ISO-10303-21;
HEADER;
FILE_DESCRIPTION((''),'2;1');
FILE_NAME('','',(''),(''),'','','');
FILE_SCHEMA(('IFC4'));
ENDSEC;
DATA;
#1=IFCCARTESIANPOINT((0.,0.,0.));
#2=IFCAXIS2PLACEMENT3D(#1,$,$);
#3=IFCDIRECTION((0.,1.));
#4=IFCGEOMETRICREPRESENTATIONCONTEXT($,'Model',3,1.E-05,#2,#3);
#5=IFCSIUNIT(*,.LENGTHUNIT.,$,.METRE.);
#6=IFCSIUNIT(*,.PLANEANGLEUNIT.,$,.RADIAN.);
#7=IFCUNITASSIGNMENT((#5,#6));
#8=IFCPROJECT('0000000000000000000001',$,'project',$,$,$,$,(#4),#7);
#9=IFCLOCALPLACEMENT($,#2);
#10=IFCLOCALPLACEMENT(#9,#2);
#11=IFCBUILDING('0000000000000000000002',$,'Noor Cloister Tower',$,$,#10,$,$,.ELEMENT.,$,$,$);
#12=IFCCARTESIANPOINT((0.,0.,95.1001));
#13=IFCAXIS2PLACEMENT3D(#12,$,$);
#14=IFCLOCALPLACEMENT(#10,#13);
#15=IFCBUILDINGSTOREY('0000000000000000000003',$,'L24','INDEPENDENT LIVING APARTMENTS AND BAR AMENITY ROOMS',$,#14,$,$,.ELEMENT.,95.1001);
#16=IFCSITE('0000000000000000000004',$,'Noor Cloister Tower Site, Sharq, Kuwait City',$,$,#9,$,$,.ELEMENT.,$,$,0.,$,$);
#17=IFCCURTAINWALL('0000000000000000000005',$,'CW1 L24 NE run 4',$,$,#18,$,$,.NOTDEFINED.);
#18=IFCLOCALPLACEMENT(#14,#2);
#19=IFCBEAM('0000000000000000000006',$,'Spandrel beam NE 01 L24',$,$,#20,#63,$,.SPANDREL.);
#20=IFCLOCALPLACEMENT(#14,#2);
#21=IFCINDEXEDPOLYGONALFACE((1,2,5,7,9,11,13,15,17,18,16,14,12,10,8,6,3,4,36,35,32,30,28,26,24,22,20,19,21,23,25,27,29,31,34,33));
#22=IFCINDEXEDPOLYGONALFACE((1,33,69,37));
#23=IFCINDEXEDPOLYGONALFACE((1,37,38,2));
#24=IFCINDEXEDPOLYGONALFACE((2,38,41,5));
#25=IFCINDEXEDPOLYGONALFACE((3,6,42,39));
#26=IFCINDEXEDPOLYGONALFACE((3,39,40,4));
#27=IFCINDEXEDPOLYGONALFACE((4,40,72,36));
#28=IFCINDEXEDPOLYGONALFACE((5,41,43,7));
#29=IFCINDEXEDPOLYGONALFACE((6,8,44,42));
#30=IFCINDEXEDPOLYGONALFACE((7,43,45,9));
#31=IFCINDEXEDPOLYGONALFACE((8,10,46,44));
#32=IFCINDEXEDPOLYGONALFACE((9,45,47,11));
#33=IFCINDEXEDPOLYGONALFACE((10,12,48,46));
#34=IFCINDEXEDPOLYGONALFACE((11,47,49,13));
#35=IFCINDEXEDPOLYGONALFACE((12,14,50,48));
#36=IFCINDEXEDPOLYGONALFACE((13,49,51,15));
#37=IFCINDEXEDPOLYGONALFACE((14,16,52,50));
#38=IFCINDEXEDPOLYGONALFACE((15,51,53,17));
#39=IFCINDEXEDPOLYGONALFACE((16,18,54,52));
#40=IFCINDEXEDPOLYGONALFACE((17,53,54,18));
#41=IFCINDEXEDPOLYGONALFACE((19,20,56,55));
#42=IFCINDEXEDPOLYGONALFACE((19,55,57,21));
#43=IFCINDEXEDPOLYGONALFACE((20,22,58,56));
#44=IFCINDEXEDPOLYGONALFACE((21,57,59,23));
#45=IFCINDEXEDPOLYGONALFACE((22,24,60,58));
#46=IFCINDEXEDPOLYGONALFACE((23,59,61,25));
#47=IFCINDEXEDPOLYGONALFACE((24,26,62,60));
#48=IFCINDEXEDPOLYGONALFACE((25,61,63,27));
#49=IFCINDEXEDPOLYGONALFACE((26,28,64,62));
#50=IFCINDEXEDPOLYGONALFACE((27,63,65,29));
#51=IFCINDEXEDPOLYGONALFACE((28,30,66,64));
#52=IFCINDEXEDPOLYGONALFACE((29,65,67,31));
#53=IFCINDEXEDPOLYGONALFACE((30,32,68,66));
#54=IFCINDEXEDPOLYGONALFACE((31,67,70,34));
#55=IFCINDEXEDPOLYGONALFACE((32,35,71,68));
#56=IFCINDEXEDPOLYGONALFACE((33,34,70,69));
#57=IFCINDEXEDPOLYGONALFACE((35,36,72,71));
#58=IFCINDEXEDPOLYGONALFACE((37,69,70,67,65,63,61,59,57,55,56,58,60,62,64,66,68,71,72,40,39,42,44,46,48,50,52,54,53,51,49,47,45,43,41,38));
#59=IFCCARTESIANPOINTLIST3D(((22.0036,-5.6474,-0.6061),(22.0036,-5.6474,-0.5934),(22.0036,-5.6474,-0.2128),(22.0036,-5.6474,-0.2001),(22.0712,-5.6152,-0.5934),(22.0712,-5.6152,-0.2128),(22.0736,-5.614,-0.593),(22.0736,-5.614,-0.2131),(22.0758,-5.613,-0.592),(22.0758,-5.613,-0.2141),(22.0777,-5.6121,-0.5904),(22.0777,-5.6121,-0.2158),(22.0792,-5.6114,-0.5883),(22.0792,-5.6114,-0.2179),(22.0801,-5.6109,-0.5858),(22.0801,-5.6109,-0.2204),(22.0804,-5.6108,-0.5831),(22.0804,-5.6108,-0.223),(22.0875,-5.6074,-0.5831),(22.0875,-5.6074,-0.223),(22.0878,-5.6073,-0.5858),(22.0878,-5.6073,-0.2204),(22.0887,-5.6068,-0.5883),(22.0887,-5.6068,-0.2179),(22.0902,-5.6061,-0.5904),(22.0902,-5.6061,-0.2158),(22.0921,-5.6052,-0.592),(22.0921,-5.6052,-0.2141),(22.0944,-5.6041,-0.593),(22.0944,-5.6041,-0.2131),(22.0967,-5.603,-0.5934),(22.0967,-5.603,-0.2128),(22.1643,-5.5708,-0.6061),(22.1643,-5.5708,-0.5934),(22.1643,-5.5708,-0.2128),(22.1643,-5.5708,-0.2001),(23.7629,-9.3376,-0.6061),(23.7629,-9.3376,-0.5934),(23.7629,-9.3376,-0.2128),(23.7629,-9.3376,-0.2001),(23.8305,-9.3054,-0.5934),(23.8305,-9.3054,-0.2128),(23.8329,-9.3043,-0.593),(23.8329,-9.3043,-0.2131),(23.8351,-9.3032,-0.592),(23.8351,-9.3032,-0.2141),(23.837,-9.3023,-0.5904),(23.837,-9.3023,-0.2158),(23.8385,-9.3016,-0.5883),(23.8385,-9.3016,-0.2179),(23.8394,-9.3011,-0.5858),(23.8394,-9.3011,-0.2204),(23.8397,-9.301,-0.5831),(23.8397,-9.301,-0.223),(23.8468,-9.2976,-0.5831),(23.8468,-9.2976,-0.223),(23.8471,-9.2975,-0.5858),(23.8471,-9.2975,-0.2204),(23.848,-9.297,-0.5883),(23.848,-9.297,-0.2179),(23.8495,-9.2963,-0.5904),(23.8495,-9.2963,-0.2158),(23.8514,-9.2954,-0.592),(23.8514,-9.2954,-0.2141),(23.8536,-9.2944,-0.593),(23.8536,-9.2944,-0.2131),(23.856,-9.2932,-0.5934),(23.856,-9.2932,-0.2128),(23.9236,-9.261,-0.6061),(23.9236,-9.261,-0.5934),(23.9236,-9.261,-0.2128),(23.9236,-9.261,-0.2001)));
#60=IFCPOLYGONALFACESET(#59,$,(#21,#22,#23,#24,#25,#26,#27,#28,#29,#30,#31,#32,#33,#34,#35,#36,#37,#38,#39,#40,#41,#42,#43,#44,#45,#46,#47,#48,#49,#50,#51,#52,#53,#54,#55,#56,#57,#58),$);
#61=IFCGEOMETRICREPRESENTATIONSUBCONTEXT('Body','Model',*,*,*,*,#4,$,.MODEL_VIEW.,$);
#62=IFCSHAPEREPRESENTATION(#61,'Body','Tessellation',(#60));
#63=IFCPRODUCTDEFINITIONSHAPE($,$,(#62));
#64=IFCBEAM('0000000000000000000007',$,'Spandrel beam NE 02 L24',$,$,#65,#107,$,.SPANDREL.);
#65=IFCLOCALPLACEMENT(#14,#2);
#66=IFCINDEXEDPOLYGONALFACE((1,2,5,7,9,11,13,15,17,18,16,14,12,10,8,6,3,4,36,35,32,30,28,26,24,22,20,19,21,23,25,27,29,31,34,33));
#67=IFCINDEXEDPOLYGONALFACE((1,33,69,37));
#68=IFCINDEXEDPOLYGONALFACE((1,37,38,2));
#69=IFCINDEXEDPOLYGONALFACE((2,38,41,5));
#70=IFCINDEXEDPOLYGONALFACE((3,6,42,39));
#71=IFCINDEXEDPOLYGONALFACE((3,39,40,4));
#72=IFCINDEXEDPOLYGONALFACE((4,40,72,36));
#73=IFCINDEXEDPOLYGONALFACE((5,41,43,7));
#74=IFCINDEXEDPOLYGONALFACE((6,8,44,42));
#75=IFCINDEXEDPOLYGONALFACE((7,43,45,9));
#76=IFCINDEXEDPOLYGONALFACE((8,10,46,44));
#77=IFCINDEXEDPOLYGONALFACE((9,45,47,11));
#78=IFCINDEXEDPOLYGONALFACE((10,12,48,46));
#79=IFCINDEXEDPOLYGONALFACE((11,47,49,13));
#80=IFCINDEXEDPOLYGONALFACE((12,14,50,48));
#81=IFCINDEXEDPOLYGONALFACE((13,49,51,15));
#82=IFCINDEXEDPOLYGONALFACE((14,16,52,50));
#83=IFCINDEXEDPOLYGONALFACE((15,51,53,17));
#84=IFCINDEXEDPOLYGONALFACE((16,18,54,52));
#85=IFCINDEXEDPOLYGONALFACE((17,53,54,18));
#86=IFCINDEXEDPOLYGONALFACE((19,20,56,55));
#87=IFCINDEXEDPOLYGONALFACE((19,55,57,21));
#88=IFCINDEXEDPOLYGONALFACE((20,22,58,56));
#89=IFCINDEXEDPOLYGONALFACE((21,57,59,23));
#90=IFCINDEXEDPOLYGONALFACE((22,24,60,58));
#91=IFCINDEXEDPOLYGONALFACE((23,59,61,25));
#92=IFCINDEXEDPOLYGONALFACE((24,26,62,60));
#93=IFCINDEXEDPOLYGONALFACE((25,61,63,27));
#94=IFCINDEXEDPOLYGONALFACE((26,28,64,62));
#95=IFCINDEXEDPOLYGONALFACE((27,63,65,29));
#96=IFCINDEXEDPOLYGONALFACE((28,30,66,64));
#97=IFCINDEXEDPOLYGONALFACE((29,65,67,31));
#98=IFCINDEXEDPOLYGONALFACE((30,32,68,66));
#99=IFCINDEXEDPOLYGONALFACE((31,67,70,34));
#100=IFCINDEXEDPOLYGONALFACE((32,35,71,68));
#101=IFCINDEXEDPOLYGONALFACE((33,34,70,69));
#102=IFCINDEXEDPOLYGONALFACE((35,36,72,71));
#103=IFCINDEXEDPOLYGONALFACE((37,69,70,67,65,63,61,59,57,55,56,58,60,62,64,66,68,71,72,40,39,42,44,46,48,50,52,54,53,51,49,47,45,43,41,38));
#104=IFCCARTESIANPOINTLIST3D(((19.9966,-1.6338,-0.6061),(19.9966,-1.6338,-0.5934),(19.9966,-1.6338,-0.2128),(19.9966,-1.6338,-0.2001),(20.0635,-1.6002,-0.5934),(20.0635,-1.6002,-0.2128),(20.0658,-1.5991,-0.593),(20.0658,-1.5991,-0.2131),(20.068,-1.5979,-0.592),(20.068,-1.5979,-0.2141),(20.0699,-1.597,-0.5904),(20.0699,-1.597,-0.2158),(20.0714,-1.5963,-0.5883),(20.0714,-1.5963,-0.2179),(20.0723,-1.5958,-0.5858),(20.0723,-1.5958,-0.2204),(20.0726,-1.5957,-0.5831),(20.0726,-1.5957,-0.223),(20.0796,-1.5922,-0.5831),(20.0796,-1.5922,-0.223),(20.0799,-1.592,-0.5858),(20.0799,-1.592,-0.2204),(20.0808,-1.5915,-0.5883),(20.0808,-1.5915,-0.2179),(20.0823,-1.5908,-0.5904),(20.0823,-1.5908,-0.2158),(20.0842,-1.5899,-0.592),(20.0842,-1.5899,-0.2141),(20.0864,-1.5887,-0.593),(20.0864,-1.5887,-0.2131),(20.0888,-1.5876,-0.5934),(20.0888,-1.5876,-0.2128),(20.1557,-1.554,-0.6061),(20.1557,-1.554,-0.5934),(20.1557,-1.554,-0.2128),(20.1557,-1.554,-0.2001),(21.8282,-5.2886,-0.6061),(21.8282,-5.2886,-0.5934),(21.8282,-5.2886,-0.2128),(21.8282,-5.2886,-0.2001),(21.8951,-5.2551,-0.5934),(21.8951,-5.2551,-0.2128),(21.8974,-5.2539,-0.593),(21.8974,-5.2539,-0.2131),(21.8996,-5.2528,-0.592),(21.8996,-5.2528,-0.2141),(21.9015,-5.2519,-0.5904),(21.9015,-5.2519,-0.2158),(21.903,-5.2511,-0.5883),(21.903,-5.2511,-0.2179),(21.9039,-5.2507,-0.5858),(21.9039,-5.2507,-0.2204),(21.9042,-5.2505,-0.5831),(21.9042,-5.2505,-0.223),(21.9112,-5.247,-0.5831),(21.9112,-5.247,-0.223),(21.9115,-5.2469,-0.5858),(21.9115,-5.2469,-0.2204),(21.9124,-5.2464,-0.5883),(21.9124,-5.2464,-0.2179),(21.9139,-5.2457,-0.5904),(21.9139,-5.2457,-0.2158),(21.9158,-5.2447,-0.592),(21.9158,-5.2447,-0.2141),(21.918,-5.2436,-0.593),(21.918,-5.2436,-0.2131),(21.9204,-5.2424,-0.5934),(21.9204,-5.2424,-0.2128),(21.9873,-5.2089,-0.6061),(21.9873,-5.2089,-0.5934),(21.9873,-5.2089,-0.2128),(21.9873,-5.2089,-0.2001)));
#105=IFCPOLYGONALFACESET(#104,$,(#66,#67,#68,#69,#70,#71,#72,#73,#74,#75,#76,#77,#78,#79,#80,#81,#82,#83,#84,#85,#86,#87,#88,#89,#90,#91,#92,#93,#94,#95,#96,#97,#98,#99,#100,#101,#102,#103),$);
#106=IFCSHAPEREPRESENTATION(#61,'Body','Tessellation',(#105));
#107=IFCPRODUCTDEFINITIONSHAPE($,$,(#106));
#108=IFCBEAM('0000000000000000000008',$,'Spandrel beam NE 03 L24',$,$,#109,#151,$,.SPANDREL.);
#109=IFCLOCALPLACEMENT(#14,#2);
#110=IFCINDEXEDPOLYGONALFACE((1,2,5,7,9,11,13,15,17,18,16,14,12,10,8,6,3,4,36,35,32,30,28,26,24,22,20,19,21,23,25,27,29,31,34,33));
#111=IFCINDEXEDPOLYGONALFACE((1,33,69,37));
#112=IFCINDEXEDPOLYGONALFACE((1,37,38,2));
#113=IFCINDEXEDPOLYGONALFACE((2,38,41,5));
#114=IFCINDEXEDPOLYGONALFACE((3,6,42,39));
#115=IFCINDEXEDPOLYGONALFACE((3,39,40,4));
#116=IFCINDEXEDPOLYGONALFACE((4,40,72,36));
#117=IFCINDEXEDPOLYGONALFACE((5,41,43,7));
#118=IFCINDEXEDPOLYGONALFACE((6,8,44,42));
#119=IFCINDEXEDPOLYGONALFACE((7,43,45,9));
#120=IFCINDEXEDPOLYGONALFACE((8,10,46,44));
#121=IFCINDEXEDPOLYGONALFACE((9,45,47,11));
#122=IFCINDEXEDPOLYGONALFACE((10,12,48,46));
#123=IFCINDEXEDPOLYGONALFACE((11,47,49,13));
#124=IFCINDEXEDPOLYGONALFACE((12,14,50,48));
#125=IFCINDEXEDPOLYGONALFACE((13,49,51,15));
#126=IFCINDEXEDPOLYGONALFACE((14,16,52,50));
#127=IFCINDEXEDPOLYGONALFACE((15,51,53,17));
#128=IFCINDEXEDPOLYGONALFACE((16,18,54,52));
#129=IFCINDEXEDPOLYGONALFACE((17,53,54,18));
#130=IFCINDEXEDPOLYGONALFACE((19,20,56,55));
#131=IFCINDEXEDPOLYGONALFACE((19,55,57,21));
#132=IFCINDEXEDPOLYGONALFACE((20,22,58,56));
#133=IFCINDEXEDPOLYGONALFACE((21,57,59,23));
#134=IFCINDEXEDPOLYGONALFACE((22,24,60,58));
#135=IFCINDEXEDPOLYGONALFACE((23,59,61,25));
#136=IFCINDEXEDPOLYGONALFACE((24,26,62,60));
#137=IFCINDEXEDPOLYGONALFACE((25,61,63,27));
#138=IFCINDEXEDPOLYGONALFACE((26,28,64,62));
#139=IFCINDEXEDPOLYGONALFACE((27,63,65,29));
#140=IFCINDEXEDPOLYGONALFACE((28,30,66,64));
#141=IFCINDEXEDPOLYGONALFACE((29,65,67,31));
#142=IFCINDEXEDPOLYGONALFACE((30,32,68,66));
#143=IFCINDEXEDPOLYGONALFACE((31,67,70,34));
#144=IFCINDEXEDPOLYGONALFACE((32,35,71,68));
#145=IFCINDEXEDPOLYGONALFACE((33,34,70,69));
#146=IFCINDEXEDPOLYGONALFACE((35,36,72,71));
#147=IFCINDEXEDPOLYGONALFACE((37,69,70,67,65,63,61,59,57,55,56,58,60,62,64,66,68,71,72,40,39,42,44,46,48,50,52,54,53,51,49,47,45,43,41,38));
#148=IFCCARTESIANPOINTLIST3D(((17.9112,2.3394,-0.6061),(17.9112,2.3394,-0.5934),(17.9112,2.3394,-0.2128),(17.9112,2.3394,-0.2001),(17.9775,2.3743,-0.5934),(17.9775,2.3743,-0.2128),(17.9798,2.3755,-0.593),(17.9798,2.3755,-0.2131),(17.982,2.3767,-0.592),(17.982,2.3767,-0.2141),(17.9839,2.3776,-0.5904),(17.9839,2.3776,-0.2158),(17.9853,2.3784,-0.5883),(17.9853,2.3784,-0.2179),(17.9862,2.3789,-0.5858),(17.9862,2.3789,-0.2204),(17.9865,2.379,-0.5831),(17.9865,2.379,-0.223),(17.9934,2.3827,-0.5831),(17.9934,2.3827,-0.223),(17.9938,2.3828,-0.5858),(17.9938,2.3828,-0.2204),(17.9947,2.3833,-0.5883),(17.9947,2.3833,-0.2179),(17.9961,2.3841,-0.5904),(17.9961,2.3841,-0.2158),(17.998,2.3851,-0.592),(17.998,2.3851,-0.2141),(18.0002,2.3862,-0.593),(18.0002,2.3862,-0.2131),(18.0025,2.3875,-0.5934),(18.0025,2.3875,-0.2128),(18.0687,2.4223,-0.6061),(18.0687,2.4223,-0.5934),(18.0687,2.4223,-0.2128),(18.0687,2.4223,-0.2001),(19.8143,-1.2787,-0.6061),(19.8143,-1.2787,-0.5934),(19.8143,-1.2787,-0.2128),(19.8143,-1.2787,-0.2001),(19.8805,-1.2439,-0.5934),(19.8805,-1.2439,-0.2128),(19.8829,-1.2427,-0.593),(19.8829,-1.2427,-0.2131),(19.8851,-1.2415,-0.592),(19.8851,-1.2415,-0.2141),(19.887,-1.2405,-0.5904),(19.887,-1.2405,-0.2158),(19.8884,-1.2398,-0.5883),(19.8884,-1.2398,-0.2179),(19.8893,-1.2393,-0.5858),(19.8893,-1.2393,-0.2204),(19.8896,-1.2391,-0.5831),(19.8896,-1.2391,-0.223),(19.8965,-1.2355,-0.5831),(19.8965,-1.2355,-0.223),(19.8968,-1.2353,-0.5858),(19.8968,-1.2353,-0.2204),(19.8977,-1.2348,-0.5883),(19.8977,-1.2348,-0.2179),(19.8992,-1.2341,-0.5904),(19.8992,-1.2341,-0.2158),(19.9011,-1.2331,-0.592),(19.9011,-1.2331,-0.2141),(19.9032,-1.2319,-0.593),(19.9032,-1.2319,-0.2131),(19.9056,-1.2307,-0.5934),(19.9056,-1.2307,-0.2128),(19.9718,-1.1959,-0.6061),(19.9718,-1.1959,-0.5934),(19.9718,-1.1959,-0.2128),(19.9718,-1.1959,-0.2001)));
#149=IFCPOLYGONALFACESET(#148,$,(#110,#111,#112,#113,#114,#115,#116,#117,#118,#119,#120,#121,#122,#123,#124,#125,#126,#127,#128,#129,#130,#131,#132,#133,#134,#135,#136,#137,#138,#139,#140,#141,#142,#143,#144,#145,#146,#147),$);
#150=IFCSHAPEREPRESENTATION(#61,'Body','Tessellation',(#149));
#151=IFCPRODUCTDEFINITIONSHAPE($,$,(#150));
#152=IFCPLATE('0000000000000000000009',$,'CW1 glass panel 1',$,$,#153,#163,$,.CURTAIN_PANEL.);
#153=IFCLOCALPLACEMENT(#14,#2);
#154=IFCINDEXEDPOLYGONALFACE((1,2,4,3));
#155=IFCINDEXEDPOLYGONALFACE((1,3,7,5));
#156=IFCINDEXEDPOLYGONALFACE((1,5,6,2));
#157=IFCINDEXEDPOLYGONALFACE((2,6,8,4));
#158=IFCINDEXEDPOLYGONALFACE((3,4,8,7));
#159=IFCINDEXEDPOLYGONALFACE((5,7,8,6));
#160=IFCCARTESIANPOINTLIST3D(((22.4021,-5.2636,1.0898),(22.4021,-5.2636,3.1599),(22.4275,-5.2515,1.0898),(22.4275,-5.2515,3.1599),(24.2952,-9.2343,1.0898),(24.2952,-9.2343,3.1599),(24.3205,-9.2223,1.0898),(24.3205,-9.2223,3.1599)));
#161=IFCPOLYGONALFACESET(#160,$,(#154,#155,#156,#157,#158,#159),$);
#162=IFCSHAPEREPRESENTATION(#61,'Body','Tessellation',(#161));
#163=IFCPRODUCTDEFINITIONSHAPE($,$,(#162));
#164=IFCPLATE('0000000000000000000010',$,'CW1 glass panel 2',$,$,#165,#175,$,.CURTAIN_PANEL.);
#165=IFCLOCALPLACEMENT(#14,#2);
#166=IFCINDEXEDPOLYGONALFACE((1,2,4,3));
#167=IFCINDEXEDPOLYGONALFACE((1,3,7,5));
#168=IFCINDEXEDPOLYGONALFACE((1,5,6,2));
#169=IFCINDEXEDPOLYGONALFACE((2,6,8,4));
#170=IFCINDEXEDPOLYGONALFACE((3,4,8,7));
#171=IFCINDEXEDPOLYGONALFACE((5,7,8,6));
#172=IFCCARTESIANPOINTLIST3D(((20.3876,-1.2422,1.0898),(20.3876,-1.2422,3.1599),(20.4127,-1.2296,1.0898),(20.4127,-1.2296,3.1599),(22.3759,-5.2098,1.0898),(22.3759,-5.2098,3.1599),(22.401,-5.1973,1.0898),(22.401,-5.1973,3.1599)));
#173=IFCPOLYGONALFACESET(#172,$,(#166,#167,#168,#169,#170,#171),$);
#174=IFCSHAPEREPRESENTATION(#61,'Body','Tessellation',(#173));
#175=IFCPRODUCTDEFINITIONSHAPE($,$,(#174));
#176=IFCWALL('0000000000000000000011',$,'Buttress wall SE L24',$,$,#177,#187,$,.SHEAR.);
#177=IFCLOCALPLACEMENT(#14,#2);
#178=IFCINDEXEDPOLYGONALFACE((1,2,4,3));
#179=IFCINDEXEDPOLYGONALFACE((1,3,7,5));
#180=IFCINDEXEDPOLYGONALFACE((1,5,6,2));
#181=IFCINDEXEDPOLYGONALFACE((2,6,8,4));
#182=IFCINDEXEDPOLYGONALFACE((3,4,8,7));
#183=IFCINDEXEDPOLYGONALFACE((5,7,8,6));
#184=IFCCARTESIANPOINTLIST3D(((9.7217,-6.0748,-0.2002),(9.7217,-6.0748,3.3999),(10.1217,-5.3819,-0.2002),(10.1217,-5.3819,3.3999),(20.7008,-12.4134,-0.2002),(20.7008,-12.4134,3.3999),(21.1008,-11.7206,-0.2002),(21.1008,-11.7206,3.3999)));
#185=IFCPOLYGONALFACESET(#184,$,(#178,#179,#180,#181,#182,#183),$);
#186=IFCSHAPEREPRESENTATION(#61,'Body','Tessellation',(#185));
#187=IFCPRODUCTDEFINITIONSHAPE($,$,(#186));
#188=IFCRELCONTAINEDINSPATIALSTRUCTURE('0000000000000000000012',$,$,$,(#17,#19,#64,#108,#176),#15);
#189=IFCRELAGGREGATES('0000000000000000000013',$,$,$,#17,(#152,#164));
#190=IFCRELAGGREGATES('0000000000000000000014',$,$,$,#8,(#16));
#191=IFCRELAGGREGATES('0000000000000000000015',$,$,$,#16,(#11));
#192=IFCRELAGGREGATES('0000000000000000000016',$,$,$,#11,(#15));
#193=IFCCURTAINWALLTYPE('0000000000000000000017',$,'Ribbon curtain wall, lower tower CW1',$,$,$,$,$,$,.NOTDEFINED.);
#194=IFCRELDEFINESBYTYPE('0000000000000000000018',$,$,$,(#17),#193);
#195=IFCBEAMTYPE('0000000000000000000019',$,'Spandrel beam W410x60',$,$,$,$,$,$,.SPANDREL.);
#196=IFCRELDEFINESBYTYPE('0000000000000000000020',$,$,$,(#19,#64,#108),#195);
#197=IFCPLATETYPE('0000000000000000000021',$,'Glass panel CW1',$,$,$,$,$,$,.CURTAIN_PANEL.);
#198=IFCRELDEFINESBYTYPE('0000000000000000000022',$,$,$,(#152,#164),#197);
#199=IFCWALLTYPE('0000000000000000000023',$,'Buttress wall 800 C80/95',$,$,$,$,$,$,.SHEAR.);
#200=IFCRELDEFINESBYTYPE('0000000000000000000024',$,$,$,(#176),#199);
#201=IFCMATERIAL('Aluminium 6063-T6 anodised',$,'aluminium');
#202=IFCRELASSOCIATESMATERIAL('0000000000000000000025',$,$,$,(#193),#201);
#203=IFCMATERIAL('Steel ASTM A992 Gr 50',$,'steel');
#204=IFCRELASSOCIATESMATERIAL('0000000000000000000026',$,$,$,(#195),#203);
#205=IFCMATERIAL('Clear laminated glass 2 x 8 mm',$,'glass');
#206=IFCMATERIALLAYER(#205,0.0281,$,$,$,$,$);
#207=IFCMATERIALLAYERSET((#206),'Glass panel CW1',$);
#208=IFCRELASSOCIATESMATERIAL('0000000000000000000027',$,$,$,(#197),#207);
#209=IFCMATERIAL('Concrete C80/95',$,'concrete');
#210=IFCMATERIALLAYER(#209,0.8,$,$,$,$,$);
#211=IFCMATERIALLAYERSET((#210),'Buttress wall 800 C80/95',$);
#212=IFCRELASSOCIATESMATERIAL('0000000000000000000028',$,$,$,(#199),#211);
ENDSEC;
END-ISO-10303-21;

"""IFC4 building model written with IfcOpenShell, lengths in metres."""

from ifc_helpers import new_model, si_unit, direction, frame, frame_2d, origin, origin_2d, place, context, subcontext, project, spatial, rectangle, i_section, extrude, material, layer, layer_set, material_profile, profile_set, type_object, element, aggregate, save


model = new_model("IFC4")

# Units and contexts
model_context = context("Model", 3, precision=1e-05, world=origin(), true_north=direction((0.0, 1.0)))
body_context = subcontext(model_context, "Body", "Model", "MODEL_VIEW")
ifc_project = project(units=[si_unit("LENGTHUNIT", "METRE"), si_unit("PLANEANGLEUNIT", "RADIAN")], contexts=[model_context])

# Site, building, storey
site_placement = place(None, origin())
site = spatial("IfcSite", under=ifc_project, at=site_placement, Name="Noor Cloister Tower Site, Sharq, Kuwait City", CompositionType="ELEMENT", RefElevation=0.0)
building_placement = place(site_placement, origin())
building = spatial("IfcBuilding", under=site, at=building_placement, Name="Noor Cloister Tower", CompositionType="ELEMENT")
storey_placement = place(building_placement, frame((0.0, 0.0, 95.1001)))
storey = spatial("IfcBuildingStorey", under=building, at=storey_placement, Name="L24", Description="INDEPENDENT LIVING APARTMENTS AND BAR AMENITY ROOMS", CompositionType="ELEMENT", Elevation=95.1001)

# Curtain wall
ifc_material_1 = material(Name="Aluminium 6063-T6 anodised", Category="aluminium")
curtain_wall_type = type_object("IfcCurtainWallType", Name="Ribbon curtain wall, lower tower CW1", PredefinedType="NOTDEFINED", material=ifc_material_1)
curtain_wall_placement = place(storey_placement, origin())
curtain_wall = element("IfcCurtainWall", 1, at=curtain_wall_placement, inside=storey, type_object=curtain_wall_type, Name="CW1 L24 NE run 4", PredefinedType="NOTDEFINED")

# Beams
ifc_material_2 = material(Name="Steel ASTM A992 Gr 50", Category="steel")
ifc_material_profile_1 = material_profile(ifc_material_2, i_section(OverallWidth=0.178, OverallDepth=0.406, WebThickness=0.0078, FlangeThickness=0.0127, FilletRadius=0.0103, at=origin_2d()), Name="W410x60")
ifc_profile_set_1 = profile_set([ifc_material_profile_1], Name="Steel ASTM A992 Gr 50")
beam_type_1 = type_object("IfcBeamType", Name="Spandrel beam W410x60", PredefinedType="SPANDREL", material=ifc_profile_set_1)
for number, where, z_axis, x_axis, name in (
    (2, (23.8433, -9.2993, -0.4031), (-0.430342, 0.902666, 0.0), (-0.902666, -0.430342, 0.0), "Spandrel beam NE 01 L24"),
    (3, (21.9077, -5.2488, -0.4031), (-0.448026, 0.894021, 0.0), (-0.894021, -0.448026, 0.0), "Spandrel beam NE 02 L24"),
    (4, (19.8931, -1.2373, -0.4031), (-0.465513, 0.885041, 0.0), (-0.885041, -0.465513, 0.0), "Spandrel beam NE 03 L24"),
):
    element("IfcBeam", number, at=place(storey_placement, frame(where, z_axis=z_axis, x_axis=x_axis)), inside=storey, type_object=beam_type_1, Name=name, PredefinedType="SPANDREL", context=body_context, shape_type="SweptSolid", body=[
        extrude(i_section(OverallWidth=0.178, OverallDepth=0.406, WebThickness=0.0078, FlangeThickness=0.0127, FilletRadius=0.0103, at=origin_2d()), origin(), (0.0, 0.0, 1.0), 4.0881),
    ])

# Plates
ifc_material_3 = material(Name="Clear laminated glass 2 x 8 mm", Category="glass")
ifc_layer_1 = layer(ifc_material_3, 0.0281)
ifc_layer_set_1 = layer_set([ifc_layer_1], Name="Glass panel CW1")
plate_type = type_object("IfcPlateType", Name="Glass panel CW1", PredefinedType="CURTAIN_PANEL", material=ifc_layer_set_1)
plate_1_placement = place(storey_placement, frame((23.3613, -7.2429, 1.0898), z_axis=(0.0, 0.0, 1.0), x_axis=(-0.430337, 0.902668, 0.0)))
plate_1 = element("IfcPlate", 5, at=plate_1_placement, type_object=plate_type, Name="CW1 glass panel 1", PredefinedType="CURTAIN_PANEL", context=body_context, shape_type="SweptSolid", body=[
    extrude(rectangle(XDim=4.3989, YDim=0.0281, at=origin_2d()), origin(), (0.0, 0.0, 1.0), 2.0701),
])
plate_2_placement = place(storey_placement, frame((21.3943, -3.2197, 1.0898), z_axis=(0.0, 0.0, 1.0), x_axis=(-0.44802, 0.894024, 0.0)))
plate_2 = element("IfcPlate", 6, at=plate_2_placement, type_object=plate_type, Name="CW1 glass panel 2", PredefinedType="CURTAIN_PANEL", context=body_context, shape_type="SweptSolid", body=[
    extrude(rectangle(XDim=4.438, YDim=0.0281, at=origin_2d()), origin(), (0.0, 0.0, 1.0), 2.0701),
])
aggregate(curtain_wall, [plate_1, plate_2])

# Wall
ifc_material_4 = material(Name="Concrete C80/95", Category="concrete")
ifc_layer_2 = layer(ifc_material_4, 0.8)
ifc_layer_set_2 = layer_set([ifc_layer_2], Name="Buttress wall 800 C80/95")
wall_type_1 = type_object("IfcWallType", Name="Buttress wall 800 C80/95", PredefinedType="SHEAR", material=ifc_layer_set_2)
wall_1_placement = place(storey_placement, frame((9.9216, -5.7283, -0.2002), z_axis=(0.0, 0.0, 1.0), x_axis=(0.866029, -0.499994, 0.0)))
element("IfcWall", 7, at=wall_1_placement, inside=storey, type_object=wall_type_1, Name="Buttress wall SE L24", PredefinedType="SHEAR", context=body_context, shape_type="SweptSolid", body=[
    extrude(rectangle(XDim=12.6775, YDim=0.8, at=frame_2d((6.3389, 0.0))), origin(), (0.0, 0.0, 1.0), 3.6001),
])

save(model, "model.ifc")
